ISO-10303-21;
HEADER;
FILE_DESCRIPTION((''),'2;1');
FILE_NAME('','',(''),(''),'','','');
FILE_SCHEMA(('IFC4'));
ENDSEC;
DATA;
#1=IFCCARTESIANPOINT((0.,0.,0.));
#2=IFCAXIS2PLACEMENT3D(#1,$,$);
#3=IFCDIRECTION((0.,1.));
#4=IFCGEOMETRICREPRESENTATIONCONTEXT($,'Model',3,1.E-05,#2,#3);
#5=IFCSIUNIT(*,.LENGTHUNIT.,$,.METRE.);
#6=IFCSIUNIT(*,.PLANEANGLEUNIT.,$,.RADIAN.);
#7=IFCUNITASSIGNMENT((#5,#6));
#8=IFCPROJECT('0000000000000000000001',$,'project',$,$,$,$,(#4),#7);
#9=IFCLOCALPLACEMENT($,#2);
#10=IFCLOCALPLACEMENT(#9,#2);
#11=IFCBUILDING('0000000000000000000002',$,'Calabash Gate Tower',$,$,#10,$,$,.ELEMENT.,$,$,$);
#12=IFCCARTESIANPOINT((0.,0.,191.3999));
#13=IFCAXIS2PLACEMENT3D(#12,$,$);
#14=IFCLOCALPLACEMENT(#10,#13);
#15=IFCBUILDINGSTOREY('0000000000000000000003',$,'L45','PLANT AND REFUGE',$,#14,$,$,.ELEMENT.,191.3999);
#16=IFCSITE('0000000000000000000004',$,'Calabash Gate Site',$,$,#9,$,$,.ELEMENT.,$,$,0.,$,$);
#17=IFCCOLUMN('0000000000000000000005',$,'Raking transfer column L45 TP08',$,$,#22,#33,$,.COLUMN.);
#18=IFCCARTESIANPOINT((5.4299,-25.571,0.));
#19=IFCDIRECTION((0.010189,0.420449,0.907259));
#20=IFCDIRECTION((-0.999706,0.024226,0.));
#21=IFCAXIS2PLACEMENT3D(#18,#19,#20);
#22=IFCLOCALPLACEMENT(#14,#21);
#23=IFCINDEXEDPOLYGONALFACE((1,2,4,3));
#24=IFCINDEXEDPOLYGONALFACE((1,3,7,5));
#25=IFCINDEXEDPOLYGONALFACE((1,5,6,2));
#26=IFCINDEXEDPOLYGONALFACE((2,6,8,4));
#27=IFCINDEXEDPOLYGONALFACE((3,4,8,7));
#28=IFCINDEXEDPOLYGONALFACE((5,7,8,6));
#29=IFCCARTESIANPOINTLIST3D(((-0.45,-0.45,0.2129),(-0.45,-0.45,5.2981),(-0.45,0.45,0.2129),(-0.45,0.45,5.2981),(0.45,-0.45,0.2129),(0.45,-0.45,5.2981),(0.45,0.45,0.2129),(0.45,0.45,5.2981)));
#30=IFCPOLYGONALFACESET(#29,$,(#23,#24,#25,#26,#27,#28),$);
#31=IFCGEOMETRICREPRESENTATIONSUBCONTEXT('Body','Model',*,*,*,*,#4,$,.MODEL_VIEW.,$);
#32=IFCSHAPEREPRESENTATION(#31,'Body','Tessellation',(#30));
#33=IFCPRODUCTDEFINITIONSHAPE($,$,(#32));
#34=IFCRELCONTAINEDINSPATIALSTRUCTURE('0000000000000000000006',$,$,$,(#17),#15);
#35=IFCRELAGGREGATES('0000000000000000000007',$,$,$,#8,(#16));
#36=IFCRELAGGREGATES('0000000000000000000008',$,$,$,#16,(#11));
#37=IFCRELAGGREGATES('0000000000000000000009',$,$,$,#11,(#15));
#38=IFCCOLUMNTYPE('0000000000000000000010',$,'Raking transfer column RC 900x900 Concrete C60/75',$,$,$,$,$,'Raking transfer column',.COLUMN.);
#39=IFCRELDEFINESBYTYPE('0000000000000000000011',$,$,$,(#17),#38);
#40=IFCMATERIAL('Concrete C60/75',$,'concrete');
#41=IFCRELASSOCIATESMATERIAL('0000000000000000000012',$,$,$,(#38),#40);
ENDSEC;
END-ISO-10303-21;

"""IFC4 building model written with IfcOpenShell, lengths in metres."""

from ifc_helpers import new_model, si_unit, direction, frame, origin, origin_2d, place, context, subcontext, project, spatial, rectangle, extrude, clip, halfspace, material, material_profile, profile_set, type_object, element, save


model = new_model("IFC4")

# Units and contexts
model_context = context("Model", 3, precision=1e-05, world=origin(), true_north=direction((0.0, 1.0)))
body_context = subcontext(model_context, "Body", "Model", "MODEL_VIEW")
ifc_project = project(units=[si_unit("LENGTHUNIT", "METRE"), si_unit("PLANEANGLEUNIT", "RADIAN")], contexts=[model_context])

# Site, building, storey
site_placement = place(None, origin())
site = spatial("IfcSite", under=ifc_project, at=site_placement, Name="Calabash Gate Site", CompositionType="ELEMENT", RefElevation=0.0)
building_placement = place(site_placement, origin())
building = spatial("IfcBuilding", under=site, at=building_placement, Name="Calabash Gate Tower", CompositionType="ELEMENT")
storey_placement = place(building_placement, frame((0.0, 0.0, 191.3999)))
storey = spatial("IfcBuildingStorey", under=building, at=storey_placement, Name="L45", Description="PLANT AND REFUGE", CompositionType="ELEMENT", Elevation=191.3999)

# Column
ifc_material_1 = material(Name="Concrete C60/75", Category="concrete")
ifc_material_profile_1 = material_profile(ifc_material_1, rectangle(XDim=0.8999, YDim=0.8999, at=origin_2d()))
ifc_profile_set_1 = profile_set([ifc_material_profile_1], Name="Concrete C60/75")
column_type = type_object("IfcColumnType", Name="Raking transfer column RC 900x900 Concrete C60/75", ElementType="Raking transfer column", PredefinedType="COLUMN", material=ifc_profile_set_1)
column_placement = place(storey_placement, frame((5.4299, -25.571, 0.0), z_axis=(0.010189, 0.420449, 0.907259), x_axis=(-0.999706, 0.024226, 0.0)))
element("IfcColumn", 1, at=column_placement, inside=storey, type_object=column_type, Name="Raking transfer column L45 TP08", PredefinedType="COLUMN", context=body_context, shape_type="Clipping", body=[
    clip(clip(extrude(rectangle(XDim=0.8999, YDim=0.8999, at=origin_2d()), origin(), (0.0, 0.0, 1.0), 5.511), halfspace(frame((0.0, 0.0, 0.2129), z_axis=(0.0, 0.0, 1.0), x_axis=(1.0, 0.0, 0.0)), True)), halfspace(frame((0.0, 0.0, 5.2981), z_axis=(0.0, 0.0, 1.0), x_axis=(1.0, 0.0, 0.0)), False)),
])

save(model, "model.ifc")
